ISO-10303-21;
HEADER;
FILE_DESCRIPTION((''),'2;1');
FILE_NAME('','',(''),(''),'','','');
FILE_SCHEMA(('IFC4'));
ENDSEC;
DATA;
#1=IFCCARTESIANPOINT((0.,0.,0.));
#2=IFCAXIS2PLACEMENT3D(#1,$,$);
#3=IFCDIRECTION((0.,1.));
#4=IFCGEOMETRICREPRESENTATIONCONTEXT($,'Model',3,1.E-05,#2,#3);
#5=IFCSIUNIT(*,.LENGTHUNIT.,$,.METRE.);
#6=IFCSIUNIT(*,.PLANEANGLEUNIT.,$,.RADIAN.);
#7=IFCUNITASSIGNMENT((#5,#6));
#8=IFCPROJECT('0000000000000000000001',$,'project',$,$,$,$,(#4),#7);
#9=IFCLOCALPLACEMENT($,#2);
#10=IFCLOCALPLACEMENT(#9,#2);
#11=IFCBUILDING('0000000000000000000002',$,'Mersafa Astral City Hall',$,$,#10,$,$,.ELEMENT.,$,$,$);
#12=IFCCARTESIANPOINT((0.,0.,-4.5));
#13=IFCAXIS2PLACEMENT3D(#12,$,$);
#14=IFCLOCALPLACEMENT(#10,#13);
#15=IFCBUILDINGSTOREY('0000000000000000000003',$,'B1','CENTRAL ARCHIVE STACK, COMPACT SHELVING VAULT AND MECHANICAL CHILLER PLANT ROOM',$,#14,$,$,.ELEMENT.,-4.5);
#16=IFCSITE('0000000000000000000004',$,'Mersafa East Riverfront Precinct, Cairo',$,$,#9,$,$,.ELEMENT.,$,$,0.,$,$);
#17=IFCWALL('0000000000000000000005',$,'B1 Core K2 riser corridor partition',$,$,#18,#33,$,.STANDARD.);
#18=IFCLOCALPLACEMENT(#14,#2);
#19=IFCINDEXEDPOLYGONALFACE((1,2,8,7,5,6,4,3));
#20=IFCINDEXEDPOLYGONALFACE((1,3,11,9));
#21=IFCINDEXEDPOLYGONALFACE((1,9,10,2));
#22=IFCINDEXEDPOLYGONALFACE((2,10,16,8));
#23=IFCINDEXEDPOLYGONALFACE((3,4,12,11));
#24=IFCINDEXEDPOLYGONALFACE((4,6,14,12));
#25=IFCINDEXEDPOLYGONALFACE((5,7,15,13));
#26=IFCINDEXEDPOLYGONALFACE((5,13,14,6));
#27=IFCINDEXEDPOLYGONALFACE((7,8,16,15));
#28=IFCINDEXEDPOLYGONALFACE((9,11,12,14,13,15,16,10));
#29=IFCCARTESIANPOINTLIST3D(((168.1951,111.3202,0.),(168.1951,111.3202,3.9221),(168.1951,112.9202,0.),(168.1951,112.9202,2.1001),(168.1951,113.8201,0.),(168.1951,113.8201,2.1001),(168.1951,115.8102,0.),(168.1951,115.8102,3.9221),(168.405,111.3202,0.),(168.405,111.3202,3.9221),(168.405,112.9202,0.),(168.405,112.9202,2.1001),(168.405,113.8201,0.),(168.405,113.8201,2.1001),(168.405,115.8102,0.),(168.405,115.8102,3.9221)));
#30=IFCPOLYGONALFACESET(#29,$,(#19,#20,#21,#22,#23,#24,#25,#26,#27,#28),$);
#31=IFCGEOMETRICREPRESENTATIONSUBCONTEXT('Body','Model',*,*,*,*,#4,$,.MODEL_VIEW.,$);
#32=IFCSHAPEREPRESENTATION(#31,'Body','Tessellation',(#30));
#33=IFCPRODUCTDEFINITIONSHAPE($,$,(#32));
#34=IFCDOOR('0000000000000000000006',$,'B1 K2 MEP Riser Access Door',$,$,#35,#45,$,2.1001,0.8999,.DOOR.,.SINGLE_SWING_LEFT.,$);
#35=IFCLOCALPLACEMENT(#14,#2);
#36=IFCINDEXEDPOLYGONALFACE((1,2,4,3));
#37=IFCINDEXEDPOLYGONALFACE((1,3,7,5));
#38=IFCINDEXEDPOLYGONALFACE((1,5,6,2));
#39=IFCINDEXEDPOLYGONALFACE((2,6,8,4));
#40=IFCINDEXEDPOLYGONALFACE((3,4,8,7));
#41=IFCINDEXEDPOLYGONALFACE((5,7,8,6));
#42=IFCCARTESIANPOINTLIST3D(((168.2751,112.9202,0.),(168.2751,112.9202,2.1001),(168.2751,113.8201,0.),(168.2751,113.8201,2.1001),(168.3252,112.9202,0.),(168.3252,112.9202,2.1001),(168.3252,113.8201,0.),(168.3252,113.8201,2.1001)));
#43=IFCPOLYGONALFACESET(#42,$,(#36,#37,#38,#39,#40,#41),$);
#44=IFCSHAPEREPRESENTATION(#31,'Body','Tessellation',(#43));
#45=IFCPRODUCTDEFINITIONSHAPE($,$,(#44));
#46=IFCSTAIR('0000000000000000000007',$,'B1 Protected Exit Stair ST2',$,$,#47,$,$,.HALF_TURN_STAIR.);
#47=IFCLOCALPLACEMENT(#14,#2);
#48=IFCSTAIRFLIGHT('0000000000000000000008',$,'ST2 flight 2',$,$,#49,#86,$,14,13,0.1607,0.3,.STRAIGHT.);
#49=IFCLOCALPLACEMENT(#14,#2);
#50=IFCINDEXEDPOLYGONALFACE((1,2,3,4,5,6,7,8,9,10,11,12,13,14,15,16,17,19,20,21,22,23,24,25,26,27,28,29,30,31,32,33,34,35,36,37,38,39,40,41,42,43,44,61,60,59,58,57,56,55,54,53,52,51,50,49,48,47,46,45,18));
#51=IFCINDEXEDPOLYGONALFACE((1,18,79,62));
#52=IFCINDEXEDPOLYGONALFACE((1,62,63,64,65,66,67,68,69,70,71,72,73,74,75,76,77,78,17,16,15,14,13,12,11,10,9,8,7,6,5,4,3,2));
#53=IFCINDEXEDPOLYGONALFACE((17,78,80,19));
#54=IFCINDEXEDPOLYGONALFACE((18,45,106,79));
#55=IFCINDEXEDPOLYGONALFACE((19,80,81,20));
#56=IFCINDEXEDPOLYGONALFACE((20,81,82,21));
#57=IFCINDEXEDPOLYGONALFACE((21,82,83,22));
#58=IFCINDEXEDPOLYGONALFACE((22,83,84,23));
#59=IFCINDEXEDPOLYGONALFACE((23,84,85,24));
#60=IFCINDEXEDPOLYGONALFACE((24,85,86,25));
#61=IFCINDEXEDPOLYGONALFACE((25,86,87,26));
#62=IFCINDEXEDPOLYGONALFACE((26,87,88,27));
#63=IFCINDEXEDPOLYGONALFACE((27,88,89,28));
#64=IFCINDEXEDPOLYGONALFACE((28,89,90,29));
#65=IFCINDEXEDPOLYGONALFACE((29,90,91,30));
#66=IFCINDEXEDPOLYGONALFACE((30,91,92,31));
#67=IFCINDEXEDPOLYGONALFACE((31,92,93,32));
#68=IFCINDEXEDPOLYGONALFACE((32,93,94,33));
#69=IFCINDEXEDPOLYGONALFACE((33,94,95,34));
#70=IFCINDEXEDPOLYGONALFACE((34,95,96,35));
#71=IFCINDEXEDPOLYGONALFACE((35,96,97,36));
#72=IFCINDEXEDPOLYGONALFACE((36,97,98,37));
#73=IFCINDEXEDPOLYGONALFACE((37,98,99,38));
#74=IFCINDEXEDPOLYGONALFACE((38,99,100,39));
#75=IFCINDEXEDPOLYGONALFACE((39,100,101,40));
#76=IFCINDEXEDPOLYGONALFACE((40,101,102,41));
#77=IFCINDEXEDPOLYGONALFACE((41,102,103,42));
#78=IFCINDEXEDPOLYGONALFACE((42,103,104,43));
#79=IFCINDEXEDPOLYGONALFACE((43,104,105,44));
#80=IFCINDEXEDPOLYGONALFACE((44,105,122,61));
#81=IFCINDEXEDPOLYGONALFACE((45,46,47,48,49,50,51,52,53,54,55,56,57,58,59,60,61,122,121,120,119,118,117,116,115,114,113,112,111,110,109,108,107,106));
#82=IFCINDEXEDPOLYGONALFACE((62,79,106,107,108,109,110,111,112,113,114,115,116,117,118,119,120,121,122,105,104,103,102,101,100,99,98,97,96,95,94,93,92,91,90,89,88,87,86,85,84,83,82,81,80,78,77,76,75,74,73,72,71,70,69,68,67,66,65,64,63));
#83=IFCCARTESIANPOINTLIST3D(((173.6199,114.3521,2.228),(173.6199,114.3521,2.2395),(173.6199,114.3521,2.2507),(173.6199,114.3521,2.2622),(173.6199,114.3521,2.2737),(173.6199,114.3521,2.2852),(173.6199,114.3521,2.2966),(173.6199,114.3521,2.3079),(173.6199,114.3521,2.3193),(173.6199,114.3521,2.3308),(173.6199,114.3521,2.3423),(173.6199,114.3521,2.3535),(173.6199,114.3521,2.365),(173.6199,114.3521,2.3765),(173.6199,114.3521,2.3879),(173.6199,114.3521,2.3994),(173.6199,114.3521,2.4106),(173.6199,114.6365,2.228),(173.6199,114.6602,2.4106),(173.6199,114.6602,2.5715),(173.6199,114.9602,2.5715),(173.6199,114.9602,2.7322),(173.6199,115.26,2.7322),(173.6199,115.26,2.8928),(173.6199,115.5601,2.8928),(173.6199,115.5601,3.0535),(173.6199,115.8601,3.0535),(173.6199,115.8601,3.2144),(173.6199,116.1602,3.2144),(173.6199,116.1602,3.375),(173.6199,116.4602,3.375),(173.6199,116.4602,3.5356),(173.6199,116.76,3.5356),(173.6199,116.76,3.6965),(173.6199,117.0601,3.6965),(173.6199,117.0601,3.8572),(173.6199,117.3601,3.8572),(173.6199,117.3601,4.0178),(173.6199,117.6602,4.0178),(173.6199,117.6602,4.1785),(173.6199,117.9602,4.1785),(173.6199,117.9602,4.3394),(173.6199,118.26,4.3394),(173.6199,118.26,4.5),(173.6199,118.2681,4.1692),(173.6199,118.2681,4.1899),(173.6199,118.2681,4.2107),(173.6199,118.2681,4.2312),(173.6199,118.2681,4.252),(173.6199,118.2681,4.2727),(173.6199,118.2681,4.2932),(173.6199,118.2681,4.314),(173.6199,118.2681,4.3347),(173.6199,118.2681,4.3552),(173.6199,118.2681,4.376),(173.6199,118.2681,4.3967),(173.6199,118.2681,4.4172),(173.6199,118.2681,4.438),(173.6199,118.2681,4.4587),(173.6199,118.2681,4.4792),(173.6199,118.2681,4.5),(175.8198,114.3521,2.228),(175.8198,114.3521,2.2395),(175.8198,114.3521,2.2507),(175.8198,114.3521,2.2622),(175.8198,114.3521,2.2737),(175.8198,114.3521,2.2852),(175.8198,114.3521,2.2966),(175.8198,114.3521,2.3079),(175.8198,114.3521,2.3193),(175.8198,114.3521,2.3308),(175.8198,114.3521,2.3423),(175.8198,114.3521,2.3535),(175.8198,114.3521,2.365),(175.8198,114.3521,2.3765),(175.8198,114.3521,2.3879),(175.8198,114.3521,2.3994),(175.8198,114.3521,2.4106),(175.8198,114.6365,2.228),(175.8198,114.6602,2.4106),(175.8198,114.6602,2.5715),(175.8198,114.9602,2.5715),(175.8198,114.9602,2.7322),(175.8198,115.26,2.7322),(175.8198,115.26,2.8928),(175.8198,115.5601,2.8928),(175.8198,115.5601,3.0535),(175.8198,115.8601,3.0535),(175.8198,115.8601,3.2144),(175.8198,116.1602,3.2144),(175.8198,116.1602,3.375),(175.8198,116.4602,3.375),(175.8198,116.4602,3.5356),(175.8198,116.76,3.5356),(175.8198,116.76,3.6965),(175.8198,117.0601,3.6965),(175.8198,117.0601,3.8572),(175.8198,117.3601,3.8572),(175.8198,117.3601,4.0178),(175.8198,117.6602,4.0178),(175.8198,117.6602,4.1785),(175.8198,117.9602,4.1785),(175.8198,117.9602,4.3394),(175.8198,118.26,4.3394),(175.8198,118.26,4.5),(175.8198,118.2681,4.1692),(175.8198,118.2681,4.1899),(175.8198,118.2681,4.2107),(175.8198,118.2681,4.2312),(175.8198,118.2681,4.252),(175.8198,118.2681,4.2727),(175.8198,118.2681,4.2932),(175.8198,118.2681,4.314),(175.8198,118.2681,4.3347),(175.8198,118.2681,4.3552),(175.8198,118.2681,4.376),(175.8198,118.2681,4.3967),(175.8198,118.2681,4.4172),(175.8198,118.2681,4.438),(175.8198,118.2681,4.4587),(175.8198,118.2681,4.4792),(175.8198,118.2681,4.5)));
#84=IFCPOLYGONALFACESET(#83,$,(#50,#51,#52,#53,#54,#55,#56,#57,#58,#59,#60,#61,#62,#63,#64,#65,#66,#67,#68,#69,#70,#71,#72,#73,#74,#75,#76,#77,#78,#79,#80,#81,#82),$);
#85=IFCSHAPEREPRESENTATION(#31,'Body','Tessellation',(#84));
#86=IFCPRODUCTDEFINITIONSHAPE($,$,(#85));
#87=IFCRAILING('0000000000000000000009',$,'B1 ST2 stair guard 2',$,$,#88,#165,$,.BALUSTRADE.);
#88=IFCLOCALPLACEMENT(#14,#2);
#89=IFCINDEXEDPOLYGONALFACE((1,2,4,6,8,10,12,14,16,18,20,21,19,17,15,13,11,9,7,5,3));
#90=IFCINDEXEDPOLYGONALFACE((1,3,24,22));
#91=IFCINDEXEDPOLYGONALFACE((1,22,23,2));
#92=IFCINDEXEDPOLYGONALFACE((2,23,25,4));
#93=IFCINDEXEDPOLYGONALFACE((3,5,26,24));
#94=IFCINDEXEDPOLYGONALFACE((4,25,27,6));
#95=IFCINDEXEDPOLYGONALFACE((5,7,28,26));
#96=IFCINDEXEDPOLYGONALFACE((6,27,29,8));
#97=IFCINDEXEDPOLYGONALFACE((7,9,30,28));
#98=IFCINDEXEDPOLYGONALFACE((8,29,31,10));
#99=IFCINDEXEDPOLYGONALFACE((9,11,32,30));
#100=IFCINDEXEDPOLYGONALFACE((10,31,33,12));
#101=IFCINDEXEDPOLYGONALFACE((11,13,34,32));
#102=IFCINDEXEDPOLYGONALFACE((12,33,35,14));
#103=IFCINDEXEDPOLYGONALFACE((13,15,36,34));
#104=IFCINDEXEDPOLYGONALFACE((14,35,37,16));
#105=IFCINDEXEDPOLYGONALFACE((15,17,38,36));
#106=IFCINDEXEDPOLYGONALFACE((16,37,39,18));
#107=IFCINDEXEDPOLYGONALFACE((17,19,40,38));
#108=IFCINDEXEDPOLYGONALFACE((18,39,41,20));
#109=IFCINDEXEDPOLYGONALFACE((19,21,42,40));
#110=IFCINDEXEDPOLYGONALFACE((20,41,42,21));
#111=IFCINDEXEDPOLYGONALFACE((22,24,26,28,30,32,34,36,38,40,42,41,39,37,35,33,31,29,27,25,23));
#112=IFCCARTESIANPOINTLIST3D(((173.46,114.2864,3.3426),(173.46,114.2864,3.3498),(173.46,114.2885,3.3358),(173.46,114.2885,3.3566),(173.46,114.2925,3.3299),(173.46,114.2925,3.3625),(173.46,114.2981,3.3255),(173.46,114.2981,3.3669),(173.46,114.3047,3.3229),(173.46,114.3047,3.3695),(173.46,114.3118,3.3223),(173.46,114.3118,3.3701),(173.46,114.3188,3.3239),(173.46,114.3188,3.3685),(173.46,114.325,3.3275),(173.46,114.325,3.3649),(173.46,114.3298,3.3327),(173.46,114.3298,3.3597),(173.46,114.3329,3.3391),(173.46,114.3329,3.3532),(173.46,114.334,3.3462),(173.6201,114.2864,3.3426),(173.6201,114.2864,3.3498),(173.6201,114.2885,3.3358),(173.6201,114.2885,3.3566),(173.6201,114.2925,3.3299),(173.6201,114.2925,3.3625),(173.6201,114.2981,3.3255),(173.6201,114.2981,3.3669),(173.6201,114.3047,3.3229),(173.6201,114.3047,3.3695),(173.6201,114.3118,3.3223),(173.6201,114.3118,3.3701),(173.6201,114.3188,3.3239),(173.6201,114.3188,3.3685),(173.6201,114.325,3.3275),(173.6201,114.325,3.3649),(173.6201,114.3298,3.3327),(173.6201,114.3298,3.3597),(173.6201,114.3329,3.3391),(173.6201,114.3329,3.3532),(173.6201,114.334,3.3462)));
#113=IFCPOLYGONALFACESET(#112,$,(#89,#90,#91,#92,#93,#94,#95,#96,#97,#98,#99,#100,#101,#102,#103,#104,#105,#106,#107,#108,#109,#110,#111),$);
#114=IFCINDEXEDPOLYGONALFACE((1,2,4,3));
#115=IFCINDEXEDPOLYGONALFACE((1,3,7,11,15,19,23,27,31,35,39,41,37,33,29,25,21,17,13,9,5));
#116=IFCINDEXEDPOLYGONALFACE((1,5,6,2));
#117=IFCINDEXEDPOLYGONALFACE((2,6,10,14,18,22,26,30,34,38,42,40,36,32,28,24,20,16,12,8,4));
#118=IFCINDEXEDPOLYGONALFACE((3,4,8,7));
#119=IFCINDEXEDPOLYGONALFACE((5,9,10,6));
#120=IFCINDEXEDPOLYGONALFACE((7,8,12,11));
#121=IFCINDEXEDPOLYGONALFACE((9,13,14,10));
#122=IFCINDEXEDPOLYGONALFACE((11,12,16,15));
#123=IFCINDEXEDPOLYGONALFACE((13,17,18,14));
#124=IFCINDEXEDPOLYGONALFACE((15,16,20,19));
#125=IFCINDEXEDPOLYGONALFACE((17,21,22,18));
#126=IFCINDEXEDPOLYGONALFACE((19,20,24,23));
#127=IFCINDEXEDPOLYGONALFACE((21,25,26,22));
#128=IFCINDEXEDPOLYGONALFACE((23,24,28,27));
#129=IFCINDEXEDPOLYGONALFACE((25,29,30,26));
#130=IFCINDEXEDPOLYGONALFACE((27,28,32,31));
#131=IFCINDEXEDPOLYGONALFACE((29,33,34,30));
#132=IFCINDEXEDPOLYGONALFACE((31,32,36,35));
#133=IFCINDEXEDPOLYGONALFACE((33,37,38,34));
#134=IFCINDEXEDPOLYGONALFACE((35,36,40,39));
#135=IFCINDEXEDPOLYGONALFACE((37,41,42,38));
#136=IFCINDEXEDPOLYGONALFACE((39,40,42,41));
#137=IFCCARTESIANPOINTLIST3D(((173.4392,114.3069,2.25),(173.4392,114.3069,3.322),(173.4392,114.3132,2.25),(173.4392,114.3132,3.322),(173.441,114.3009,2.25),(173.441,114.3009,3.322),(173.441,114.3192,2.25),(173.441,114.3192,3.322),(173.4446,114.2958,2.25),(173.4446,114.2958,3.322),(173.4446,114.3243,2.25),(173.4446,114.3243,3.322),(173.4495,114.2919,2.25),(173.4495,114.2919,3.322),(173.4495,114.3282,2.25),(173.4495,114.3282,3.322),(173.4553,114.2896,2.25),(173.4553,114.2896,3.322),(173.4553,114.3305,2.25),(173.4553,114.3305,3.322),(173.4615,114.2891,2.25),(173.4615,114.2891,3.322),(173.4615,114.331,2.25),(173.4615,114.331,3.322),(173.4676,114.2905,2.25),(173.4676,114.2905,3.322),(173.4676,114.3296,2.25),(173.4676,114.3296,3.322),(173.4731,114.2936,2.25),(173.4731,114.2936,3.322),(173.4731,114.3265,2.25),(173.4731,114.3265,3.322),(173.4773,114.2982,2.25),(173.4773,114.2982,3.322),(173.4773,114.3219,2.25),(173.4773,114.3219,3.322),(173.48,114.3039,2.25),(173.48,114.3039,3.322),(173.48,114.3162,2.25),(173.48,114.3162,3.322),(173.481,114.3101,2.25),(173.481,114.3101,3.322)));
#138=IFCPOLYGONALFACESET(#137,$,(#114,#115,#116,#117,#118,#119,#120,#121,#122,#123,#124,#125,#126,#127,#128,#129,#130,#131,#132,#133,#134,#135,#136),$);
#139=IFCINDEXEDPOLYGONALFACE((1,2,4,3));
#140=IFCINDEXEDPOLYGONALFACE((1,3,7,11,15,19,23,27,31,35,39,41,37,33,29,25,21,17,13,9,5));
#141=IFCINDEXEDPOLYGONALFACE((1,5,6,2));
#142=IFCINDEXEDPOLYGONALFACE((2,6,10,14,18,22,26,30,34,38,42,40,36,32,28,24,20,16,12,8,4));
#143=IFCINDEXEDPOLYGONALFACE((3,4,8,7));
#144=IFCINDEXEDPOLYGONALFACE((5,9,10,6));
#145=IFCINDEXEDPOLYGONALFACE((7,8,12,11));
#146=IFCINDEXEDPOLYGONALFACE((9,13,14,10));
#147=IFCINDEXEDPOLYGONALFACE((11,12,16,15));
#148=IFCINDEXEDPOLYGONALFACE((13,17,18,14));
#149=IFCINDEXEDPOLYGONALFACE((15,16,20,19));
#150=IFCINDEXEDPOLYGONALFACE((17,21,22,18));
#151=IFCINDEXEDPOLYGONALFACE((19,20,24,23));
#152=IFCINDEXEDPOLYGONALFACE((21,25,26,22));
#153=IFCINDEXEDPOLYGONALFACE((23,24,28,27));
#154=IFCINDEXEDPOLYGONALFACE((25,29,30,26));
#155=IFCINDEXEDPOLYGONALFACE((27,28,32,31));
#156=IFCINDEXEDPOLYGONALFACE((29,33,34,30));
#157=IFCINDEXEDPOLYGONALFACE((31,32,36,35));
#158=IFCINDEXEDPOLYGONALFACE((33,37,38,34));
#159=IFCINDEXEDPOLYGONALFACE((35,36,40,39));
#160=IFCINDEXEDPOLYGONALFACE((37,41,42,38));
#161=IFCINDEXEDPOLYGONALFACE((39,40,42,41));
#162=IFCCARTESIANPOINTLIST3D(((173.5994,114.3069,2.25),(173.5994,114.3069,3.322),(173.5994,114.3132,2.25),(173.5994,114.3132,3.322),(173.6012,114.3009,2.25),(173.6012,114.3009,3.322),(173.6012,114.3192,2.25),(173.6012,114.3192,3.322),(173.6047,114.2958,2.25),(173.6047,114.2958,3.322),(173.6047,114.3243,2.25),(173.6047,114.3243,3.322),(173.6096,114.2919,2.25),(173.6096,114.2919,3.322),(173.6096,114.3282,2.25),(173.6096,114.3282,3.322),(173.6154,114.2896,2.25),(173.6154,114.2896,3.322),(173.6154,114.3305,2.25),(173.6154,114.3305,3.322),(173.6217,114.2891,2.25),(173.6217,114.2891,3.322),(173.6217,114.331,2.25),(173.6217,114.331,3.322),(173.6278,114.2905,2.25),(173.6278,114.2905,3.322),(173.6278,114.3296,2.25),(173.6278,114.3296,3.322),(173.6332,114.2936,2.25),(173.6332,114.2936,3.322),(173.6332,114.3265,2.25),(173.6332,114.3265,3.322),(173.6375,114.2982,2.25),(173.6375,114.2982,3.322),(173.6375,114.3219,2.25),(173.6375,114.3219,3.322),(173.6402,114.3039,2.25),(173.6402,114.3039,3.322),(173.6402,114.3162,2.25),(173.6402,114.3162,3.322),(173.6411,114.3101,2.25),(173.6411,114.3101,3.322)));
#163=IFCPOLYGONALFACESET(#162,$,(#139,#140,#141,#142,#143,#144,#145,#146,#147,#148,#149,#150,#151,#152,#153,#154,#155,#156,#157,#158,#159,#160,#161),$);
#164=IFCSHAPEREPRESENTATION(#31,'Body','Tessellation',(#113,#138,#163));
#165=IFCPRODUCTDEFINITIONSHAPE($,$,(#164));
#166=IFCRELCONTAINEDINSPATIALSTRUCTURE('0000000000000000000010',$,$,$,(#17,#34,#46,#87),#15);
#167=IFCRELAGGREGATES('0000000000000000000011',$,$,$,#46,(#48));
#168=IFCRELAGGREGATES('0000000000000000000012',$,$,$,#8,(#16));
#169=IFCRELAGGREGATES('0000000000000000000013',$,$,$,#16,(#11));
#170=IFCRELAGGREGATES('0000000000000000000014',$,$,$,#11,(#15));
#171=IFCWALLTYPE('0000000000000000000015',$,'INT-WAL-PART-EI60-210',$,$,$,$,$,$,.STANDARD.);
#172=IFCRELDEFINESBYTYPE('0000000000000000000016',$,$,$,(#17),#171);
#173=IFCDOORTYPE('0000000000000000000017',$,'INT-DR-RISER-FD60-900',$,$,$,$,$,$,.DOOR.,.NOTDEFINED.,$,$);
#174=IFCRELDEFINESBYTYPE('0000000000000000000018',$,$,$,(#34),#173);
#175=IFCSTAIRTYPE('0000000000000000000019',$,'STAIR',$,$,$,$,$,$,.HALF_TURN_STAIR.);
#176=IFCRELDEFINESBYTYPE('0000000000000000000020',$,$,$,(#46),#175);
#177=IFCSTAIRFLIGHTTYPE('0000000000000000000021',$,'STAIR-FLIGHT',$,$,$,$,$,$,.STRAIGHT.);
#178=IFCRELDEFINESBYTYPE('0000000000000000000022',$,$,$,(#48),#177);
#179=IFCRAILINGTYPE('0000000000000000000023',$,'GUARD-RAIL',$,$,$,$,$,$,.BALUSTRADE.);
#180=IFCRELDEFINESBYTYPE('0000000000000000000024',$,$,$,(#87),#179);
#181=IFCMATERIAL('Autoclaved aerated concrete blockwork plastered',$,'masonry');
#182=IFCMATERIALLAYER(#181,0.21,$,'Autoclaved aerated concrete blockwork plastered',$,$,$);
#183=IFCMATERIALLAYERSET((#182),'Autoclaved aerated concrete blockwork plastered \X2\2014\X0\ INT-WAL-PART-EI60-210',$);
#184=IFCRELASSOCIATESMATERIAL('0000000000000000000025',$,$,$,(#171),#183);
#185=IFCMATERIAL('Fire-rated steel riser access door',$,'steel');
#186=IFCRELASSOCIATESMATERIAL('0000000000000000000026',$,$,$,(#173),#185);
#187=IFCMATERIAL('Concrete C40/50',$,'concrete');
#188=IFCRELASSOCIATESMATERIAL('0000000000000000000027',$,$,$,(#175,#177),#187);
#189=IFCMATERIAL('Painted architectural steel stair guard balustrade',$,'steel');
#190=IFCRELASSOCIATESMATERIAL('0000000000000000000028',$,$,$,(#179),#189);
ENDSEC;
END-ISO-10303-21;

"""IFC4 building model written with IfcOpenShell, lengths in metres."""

from ifc_helpers import new_model, si_unit, direction, frame, frame_2d, origin, origin_2d, place, context, subcontext, project, spatial, polyline, rectangle, circle, outline, extrude, material, layer, layer_set, type_object, element, fill, aggregate, save


model = new_model("IFC4")

# Units and contexts
model_context = context("Model", 3, precision=1e-05, world=origin(), true_north=direction((0.0, 1.0)))
body_context = subcontext(model_context, "Body", "Model", "MODEL_VIEW")
ifc_project = project(units=[si_unit("LENGTHUNIT", "METRE"), si_unit("PLANEANGLEUNIT", "RADIAN")], contexts=[model_context])

# Site, building, storey
site_placement = place(None, origin())
site = spatial("IfcSite", under=ifc_project, at=site_placement, Name="Mersafa East Riverfront Precinct, Cairo", CompositionType="ELEMENT", RefElevation=0.0)
building_placement = place(site_placement, origin())
building = spatial("IfcBuilding", under=site, at=building_placement, Name="Mersafa Astral City Hall", CompositionType="ELEMENT")
storey_placement = place(building_placement, frame((0.0, 0.0, -4.5)))
storey = spatial("IfcBuildingStorey", under=building, at=storey_placement, Name="B1", Description="CENTRAL ARCHIVE STACK, COMPACT SHELVING VAULT AND MECHANICAL CHILLER PLANT ROOM", CompositionType="ELEMENT", Elevation=-4.5)

# Shared definitions
ifc_material_1 = material(Name="Concrete C40/50", Category="concrete")

# Wall, opening, door
ifc_material_2 = material(Name="Autoclaved aerated concrete blockwork plastered", Category="masonry")
ifc_layer_1 = layer(ifc_material_2, 0.21, Name="Autoclaved aerated concrete blockwork plastered")
ifc_layer_set_1 = layer_set([ifc_layer_1], Name="Autoclaved aerated concrete blockwork plastered — INT-WAL-PART-EI60-210")
wall_type_1 = type_object("IfcWallType", Name="INT-WAL-PART-EI60-210", PredefinedType="STANDARD", material=ifc_layer_set_1)
wall_1_placement = place(storey_placement, frame((168.3, 111.3201, 0.0), z_axis=(0.0, 0.0, 1.0), x_axis=(0.0, 1.0, 0.0)))
wall_1 = element("IfcWall", 1, at=wall_1_placement, inside=storey, type_object=wall_type_1, Name="B1 Core K2 riser corridor partition", PredefinedType="STANDARD", context=body_context, shape_type="SweptSolid", body=[
    extrude(rectangle(XDim=4.49, YDim=0.21, at=frame_2d((2.2451, 0.0))), origin(), (0.0, 0.0, 1.0), 3.9221),
])
opening_1_placement = place(wall_1_placement, frame((1.6001, 0.0, 0.0)))
opening_1 = element("IfcOpeningElement", 2, at=opening_1_placement, cuts=wall_1, PredefinedType="OPENING", context=body_context, shape_type="SweptSolid", body=[
    extrude(rectangle(XDim=0.8999, YDim=2.1001, at=frame_2d((0.45, 1.05))), frame((0.0, 0.115, 0.0), z_axis=(0.0, -1.0, 0.0), x_axis=(1.0, 0.0, 0.0)), (0.0, 0.0, 1.0), 0.23),
])
ifc_material_3 = material(Name="Fire-rated steel riser access door", Category="steel")
door_type_1 = type_object("IfcDoorType", Name="INT-DR-RISER-FD60-900", OperationType="NOTDEFINED", PredefinedType="DOOR", material=ifc_material_3)
door_1_placement = place(opening_1_placement, origin())
door_1 = element("IfcDoor", 3, at=door_1_placement, inside=storey, type_object=door_type_1, Name="B1 K2 MEP Riser Access Door", OperationType="SINGLE_SWING_LEFT", OverallHeight=2.1001, OverallWidth=0.8999, PredefinedType="DOOR", context=body_context, shape_type="SweptSolid", body=[
    extrude(rectangle(XDim=0.8999, YDim=2.1001, at=frame_2d((0.45, 1.05))), frame((0.0, 0.0249, 0.0), z_axis=(0.0, -1.0, 0.0), x_axis=(1.0, 0.0, 0.0)), (0.0, 0.0, 1.0), 0.05),
])
fill(opening_1, door_1)

# Stair, stair flight
stair_type = type_object("IfcStairType", Name="STAIR", PredefinedType="HALF_TURN_STAIR", material=ifc_material_1)
stair_placement = place(storey_placement, origin())
stair = element("IfcStair", 4, at=stair_placement, inside=storey, type_object=stair_type, Name="B1 Protected Exit Stair ST2", PredefinedType="HALF_TURN_STAIR")
stair_flight_type = type_object("IfcStairFlightType", Name="STAIR-FLIGHT", PredefinedType="STRAIGHT", material=ifc_material_1)
stair_flight_placement = place(storey_placement, frame((174.72, 114.3601, 2.25), z_axis=(0.0, 0.0, 1.0), x_axis=(0.0, 1.0, 0.0)))
stair_flight = element("IfcStairFlight", 5, at=stair_flight_placement, type_object=stair_flight_type, Name="ST2 flight 2", NumberOfRisers=14, NumberOfTreads=13, PredefinedType="STRAIGHT", RiserHeight=0.1607, TreadLength=0.3, context=body_context, shape_type="SweptSolid", body=[
    extrude(outline(polyline([(-0.0081, -0.022), (-0.0081, -0.0105), (-0.0081, 0.0007), (-0.0081, 0.0122), (-0.0081, 0.0237), (-0.0081, 0.0352), (-0.0081, 0.0466), (-0.0081, 0.0579), (-0.0081, 0.0693), (-0.0081, 0.0808), (-0.0081, 0.0923), (-0.0081, 0.1035), (-0.0081, 0.115), (-0.0081, 0.1265), (-0.0081, 0.1379), (-0.0081, 0.1494), (-0.0081, 0.1606), (0.3, 0.1606), (0.3, 0.3215), (0.6001, 0.3215), (0.6001, 0.4822), (0.8999, 0.4822), (0.8999, 0.6428), (1.2, 0.6428), (1.2, 0.8035), (1.5, 0.8035), (1.5, 0.9644), (1.8, 0.9644), (1.8, 1.125), (2.1001, 1.125), (2.1001, 1.2856), (2.3999, 1.2856), (2.3999, 1.4465), (2.7, 1.4465), (2.7, 1.6072), (3.0, 1.6072), (3.0, 1.7678), (3.3, 1.7678), (3.3, 1.9285), (3.6001, 1.9285), (3.6001, 2.0894), (3.8999, 2.0894), (3.8999, 2.25), (3.908, 2.25), (3.908, 2.2292), (3.908, 2.2087), (3.908, 2.188), (3.908, 2.1672), (3.908, 2.1467), (3.908, 2.126), (3.908, 2.1052), (3.908, 2.0847), (3.908, 2.064), (3.908, 2.0432), (3.908, 2.0227), (3.908, 2.002), (3.908, 1.9812), (3.908, 1.9607), (3.908, 1.9399), (3.908, 1.9192), (0.2764, -0.022), (-0.0081, -0.022)])), frame((0.0, 1.1001, 0.0), z_axis=(0.0, -1.0, 0.0), x_axis=(1.0, 0.0, 0.0)), (0.0, 0.0, 1.0), 2.2),
])
aggregate(stair, [stair_flight])

# Railing
ifc_material_4 = material(Name="Painted architectural steel stair guard balustrade", Category="steel")
railing_type_1 = type_object("IfcRailingType", Name="GUARD-RAIL", PredefinedType="BALUSTRADE", material=ifc_material_4)
railing_1_placement = place(storey_placement, frame((173.46, 114.3101, 2.25)))
element("IfcRailing", 6, at=railing_1_placement, inside=storey, type_object=railing_type_1, Name="B1 ST2 stair guard 2", PredefinedType="BALUSTRADE", context=body_context, shape_type="SweptSolid", body=[
    extrude(circle(Radius=0.0239, at=origin_2d()), frame((0.0, 0.0, 1.0962), z_axis=(1.0, 0.0, 0.0), x_axis=(0.0, 1.0, 0.0)), (0.0, 0.0, 1.0), 0.1602),
    extrude(circle(Radius=0.021, at=origin_2d()), origin(), (0.0, 0.0, 1.0), 1.072),
    extrude(circle(Radius=0.021, at=origin_2d()), frame((0.1602, 0.0, 0.0)), (0.0, 0.0, 1.0), 1.072),
])

save(model, "model.ifc")
